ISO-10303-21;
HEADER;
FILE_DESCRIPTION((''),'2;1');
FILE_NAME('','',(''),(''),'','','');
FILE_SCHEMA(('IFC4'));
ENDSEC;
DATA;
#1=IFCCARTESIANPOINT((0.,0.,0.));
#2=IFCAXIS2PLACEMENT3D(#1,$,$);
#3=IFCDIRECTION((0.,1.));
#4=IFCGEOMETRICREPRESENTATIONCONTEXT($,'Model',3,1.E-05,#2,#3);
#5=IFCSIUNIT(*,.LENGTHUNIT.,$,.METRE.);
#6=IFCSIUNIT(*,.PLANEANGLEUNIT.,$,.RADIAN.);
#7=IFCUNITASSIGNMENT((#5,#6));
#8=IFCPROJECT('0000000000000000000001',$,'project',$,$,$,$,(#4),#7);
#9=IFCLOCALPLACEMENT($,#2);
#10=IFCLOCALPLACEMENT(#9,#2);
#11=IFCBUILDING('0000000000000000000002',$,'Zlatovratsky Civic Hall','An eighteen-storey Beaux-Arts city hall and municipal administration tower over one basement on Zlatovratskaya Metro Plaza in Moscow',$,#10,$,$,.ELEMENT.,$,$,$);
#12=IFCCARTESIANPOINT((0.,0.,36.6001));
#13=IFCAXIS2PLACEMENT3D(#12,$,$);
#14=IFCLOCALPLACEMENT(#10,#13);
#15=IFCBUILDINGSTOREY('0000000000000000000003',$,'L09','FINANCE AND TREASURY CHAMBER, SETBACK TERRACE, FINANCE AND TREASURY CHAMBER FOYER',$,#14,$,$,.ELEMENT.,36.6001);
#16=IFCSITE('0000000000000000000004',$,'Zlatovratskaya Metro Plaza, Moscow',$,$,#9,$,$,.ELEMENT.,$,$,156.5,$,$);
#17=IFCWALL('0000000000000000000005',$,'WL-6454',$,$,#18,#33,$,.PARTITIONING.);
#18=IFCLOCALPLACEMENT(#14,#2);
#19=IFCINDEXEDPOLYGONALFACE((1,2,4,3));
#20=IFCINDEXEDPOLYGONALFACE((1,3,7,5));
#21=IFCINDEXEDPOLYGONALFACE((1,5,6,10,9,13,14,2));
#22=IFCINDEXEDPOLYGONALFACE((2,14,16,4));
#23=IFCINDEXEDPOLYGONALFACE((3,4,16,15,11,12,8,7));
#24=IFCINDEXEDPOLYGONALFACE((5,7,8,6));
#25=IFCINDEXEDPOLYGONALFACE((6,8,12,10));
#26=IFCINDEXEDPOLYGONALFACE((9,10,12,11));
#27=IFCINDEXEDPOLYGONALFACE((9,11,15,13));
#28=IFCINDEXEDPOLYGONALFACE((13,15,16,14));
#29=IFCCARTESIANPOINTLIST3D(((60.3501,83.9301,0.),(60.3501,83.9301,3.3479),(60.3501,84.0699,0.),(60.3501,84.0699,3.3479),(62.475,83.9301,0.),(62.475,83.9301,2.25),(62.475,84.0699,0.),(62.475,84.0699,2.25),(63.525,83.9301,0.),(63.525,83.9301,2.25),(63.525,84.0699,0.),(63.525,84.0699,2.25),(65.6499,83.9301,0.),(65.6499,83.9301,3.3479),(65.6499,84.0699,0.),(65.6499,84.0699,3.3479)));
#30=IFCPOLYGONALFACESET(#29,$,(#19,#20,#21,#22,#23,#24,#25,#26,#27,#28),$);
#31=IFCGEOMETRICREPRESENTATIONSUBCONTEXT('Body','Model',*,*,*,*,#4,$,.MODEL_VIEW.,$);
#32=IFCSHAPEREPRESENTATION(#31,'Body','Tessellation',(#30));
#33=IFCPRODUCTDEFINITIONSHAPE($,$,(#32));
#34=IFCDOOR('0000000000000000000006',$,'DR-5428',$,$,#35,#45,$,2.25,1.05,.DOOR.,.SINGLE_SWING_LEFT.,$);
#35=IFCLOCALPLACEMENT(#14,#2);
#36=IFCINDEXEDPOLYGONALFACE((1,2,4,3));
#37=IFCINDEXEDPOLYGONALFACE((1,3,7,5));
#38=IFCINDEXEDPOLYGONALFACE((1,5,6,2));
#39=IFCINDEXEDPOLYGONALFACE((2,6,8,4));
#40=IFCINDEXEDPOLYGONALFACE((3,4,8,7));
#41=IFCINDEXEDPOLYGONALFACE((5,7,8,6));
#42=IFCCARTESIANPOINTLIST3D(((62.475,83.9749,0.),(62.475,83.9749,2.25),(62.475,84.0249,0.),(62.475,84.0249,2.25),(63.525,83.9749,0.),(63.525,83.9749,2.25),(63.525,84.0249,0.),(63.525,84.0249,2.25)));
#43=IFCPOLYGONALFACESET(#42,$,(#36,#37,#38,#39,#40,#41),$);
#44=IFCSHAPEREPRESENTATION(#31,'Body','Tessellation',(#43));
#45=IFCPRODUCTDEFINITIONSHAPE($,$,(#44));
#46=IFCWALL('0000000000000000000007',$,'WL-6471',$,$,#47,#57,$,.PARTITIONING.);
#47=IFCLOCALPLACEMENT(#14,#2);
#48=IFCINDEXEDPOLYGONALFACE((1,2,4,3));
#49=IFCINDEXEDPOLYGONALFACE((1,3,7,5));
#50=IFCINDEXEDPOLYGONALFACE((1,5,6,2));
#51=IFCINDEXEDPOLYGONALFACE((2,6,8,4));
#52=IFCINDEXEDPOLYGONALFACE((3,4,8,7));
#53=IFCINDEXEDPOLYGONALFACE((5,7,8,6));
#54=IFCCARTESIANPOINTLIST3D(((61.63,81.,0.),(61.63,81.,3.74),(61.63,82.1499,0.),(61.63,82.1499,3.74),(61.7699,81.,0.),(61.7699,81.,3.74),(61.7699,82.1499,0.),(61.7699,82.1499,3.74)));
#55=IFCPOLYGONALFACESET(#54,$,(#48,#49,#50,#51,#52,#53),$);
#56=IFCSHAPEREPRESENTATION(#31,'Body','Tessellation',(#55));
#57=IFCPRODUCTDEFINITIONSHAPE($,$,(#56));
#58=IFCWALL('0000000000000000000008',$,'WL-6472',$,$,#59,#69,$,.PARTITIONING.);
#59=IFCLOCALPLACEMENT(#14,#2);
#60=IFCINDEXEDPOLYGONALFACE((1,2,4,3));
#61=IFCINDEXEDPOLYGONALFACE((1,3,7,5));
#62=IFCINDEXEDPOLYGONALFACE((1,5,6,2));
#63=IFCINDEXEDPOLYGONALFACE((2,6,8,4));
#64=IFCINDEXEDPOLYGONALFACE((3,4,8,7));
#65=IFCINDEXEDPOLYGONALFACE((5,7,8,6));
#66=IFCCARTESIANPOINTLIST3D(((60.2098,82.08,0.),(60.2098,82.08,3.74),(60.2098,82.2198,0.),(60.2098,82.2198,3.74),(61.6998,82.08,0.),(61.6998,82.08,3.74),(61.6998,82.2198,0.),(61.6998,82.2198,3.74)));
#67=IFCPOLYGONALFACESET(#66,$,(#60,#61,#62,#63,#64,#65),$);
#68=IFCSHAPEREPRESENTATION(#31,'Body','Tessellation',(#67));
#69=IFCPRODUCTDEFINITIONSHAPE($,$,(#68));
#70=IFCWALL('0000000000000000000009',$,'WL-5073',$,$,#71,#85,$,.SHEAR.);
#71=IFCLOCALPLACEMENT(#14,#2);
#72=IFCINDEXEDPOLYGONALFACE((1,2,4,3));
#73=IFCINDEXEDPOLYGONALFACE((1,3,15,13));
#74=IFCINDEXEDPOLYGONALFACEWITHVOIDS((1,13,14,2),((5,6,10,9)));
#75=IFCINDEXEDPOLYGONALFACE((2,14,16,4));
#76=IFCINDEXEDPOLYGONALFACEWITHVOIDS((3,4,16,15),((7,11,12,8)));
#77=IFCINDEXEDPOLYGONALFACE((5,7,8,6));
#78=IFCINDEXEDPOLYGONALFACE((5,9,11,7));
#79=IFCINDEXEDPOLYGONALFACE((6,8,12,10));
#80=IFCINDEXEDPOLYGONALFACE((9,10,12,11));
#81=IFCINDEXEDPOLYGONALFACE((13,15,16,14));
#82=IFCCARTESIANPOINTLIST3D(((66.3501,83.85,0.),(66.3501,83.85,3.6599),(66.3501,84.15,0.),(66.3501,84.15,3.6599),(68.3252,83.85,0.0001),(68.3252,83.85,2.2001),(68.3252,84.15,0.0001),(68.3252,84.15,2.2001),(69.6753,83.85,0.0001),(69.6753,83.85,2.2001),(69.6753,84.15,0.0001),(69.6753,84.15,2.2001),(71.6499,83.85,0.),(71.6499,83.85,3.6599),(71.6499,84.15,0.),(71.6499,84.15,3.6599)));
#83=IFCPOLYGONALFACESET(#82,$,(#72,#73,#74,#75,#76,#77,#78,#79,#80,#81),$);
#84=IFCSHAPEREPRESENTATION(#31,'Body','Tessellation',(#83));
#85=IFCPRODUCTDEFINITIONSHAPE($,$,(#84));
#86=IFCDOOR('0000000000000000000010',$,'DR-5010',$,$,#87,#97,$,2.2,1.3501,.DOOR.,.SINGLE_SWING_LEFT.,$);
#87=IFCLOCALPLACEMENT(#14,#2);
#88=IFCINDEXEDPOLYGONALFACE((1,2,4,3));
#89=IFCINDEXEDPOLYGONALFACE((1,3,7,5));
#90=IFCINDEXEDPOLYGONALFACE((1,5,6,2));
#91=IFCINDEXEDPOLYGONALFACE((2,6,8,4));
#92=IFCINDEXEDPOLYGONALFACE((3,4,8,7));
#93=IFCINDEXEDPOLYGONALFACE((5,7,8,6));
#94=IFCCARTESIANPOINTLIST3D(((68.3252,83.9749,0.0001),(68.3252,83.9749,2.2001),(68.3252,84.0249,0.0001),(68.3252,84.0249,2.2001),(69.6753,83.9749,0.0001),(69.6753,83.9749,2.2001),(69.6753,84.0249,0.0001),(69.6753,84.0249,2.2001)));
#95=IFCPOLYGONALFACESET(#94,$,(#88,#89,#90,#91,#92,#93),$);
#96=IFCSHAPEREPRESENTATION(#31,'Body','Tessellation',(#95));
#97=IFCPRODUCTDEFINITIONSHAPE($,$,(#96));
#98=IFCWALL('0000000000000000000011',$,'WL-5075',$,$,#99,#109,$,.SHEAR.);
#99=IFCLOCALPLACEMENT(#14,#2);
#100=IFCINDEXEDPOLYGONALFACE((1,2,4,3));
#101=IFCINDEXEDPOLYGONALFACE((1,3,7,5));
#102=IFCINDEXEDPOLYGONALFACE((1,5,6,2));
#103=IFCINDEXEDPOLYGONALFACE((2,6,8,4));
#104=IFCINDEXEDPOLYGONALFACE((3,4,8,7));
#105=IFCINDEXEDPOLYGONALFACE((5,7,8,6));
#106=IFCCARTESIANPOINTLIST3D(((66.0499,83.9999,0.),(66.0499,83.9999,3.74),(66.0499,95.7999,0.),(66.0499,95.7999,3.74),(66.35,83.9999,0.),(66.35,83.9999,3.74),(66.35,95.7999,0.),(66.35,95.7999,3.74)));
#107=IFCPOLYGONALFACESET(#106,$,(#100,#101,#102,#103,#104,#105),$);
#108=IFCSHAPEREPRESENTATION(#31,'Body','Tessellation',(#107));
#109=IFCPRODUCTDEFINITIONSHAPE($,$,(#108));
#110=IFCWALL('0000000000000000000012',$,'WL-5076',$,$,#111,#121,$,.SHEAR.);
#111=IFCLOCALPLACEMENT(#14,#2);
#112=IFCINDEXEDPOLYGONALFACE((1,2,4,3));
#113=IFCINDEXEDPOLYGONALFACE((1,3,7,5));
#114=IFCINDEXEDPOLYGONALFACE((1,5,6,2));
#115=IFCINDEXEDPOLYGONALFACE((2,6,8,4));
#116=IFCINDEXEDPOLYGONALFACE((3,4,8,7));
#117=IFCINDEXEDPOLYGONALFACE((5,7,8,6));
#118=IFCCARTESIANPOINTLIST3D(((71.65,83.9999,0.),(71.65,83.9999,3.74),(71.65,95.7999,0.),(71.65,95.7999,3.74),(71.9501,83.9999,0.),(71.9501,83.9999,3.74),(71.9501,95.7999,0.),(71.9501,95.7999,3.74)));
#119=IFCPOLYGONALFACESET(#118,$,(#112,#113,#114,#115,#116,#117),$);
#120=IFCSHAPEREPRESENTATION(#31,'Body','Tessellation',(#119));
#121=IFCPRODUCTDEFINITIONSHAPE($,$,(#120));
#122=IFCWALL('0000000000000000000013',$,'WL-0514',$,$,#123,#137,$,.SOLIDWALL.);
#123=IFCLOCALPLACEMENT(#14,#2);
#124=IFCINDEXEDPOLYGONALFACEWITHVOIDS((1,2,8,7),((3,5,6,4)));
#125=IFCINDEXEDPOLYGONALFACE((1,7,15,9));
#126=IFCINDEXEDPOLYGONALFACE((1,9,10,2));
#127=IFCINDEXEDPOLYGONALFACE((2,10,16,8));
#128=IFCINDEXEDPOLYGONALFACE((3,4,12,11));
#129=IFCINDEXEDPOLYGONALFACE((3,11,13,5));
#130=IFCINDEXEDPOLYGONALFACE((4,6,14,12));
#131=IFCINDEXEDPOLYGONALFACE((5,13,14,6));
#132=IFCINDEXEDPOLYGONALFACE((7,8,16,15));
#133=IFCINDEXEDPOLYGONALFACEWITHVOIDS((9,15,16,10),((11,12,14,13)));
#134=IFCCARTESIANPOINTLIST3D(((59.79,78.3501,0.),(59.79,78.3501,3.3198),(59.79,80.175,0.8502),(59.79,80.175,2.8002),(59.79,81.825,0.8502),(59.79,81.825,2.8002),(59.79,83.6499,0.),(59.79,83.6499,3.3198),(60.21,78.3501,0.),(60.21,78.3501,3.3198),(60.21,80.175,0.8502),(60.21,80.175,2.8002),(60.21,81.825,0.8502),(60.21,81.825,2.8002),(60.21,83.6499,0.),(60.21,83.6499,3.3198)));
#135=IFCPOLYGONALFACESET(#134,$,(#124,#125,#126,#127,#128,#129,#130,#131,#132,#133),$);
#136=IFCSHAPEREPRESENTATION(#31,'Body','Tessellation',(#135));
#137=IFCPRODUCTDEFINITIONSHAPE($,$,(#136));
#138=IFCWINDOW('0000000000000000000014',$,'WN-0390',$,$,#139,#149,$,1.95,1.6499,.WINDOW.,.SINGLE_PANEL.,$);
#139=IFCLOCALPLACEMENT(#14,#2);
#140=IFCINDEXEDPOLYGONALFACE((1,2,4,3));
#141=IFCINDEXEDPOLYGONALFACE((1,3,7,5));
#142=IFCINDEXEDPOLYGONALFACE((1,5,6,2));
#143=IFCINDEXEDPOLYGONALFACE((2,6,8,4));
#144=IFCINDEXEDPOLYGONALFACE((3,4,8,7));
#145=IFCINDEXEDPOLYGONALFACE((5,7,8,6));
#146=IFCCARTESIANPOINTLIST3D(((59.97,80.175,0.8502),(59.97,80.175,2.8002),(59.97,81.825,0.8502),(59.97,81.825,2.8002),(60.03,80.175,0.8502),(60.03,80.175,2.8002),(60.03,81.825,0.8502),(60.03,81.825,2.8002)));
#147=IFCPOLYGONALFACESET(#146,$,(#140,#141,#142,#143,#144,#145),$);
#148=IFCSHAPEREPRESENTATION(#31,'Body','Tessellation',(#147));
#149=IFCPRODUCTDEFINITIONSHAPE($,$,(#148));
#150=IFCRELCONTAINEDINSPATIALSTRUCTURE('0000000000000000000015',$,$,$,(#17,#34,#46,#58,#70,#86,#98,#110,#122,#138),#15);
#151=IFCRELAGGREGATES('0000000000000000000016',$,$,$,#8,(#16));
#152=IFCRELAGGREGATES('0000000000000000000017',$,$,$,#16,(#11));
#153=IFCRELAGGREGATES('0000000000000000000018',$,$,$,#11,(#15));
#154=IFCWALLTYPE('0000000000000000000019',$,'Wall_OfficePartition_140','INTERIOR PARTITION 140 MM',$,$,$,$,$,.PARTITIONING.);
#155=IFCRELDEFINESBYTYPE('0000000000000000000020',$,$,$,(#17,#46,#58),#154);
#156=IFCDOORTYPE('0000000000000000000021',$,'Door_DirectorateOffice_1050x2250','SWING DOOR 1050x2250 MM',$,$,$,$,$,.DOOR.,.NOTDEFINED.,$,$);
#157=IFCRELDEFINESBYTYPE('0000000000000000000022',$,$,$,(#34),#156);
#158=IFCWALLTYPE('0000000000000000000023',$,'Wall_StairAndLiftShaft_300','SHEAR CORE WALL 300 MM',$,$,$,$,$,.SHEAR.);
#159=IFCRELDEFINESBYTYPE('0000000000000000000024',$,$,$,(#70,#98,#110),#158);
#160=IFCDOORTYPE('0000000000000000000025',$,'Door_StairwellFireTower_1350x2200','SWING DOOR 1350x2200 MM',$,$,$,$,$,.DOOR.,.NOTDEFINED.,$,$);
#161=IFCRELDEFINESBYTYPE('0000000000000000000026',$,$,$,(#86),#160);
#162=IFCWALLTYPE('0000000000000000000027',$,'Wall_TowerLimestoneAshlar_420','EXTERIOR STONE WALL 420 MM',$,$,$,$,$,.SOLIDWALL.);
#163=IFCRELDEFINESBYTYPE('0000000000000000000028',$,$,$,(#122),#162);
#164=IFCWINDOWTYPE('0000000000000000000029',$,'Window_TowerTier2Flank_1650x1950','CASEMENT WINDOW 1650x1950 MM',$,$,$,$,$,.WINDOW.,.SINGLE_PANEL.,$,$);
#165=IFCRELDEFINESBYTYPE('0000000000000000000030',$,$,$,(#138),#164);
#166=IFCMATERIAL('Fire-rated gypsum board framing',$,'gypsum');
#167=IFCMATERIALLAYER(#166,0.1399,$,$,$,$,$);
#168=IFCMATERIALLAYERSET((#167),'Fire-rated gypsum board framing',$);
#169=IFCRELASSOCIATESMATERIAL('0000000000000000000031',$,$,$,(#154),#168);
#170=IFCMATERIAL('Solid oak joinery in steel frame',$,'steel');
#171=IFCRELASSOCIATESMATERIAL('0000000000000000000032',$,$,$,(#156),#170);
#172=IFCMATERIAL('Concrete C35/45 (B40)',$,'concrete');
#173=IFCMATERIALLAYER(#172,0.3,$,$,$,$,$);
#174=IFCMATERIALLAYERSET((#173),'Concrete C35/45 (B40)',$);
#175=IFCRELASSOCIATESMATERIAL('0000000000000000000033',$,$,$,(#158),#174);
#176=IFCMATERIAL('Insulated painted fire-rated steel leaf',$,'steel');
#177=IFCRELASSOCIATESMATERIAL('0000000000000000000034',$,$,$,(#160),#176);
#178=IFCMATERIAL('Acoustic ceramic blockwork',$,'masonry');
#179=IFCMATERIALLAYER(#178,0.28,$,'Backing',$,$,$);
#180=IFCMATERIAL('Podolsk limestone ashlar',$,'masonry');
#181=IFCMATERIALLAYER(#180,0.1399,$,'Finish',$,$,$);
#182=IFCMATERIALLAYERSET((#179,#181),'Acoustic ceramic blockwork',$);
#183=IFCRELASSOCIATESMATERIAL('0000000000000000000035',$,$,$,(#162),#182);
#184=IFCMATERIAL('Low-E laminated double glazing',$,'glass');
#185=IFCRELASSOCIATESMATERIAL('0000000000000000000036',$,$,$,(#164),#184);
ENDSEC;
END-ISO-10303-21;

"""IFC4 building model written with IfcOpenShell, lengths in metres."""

from ifc_helpers import new_model, si_unit, direction, frame, frame_2d, origin, place, context, subcontext, project, spatial, rectangle, extrude, material, layer, layer_set, type_object, element, fill, save


model = new_model("IFC4")

# Units and contexts
model_context = context("Model", 3, precision=1e-05, world=origin(), true_north=direction((0.0, 1.0)))
body_context = subcontext(model_context, "Body", "Model", "MODEL_VIEW")
ifc_project = project(units=[si_unit("LENGTHUNIT", "METRE"), si_unit("PLANEANGLEUNIT", "RADIAN")], contexts=[model_context])

# Site, building, storey
site_placement = place(None, origin())
site = spatial("IfcSite", under=ifc_project, at=site_placement, Name="Zlatovratskaya Metro Plaza, Moscow", CompositionType="ELEMENT", RefElevation=156.5)
building_placement = place(site_placement, origin())
building = spatial("IfcBuilding", under=site, at=building_placement, Name="Zlatovratsky Civic Hall", Description="An eighteen-storey Beaux-Arts city hall and municipal administration tower over one basement on Zlatovratskaya Metro Plaza in Moscow", CompositionType="ELEMENT")
storey_placement = place(building_placement, frame((0.0, 0.0, 36.6001)))
storey = spatial("IfcBuildingStorey", under=building, at=storey_placement, Name="L09", Description="FINANCE AND TREASURY CHAMBER, SETBACK TERRACE, FINANCE AND TREASURY CHAMBER FOYER", CompositionType="ELEMENT", Elevation=36.6001)

# Shared definitions
ifc_material_1 = material(Name="Concrete C35/45 (B40)", Category="concrete")

# Wall, opening, door
ifc_material_2 = material(Name="Fire-rated gypsum board framing", Category="gypsum")
ifc_layer_1 = layer(ifc_material_2, 0.1399)
ifc_layer_set_1 = layer_set([ifc_layer_1], Name="Fire-rated gypsum board framing")
wall_type_1 = type_object("IfcWallType", Name="Wall_OfficePartition_140", Description="INTERIOR PARTITION 140 MM", PredefinedType="PARTITIONING", material=ifc_layer_set_1)
ifc_material_3 = material(Name="Solid oak joinery in steel frame", Category="steel")
door_type_1 = type_object("IfcDoorType", Name="Door_DirectorateOffice_1050x2250", Description="SWING DOOR 1050x2250 MM", OperationType="NOTDEFINED", PredefinedType="DOOR", material=ifc_material_3)
wall_1_placement = place(storey_placement, frame((60.3501, 84.0, 0.0), z_axis=(0.0, 0.0, 1.0), x_axis=(1.0, 0.0, 0.0)))
wall_1 = element("IfcWall", 1, at=wall_1_placement, inside=storey, type_object=wall_type_1, Name="WL-6454", PredefinedType="PARTITIONING", context=body_context, shape_type="SweptSolid", body=[
    extrude(rectangle(XDim=5.2998, YDim=0.1399, at=frame_2d((2.6499, 0.0))), origin(), (0.0, 0.0, 1.0), 3.3479),
])
opening_1_placement = place(wall_1_placement, frame((2.125, 0.0, 0.0)))
opening_1 = element("IfcOpeningElement", 2, at=opening_1_placement, cuts=wall_1, PredefinedType="OPENING", context=body_context, shape_type="SweptSolid", body=[
    extrude(rectangle(XDim=1.05, YDim=2.25, at=frame_2d((0.5249, 1.125))), frame((0.0, 0.085, 0.0), z_axis=(0.0, -1.0, 0.0), x_axis=(1.0, 0.0, 0.0)), (0.0, 0.0, 1.0), 0.1697),
])
door_1_placement = place(opening_1_placement, origin())
door_1 = element("IfcDoor", 3, at=door_1_placement, inside=storey, type_object=door_type_1, Name="DR-5428", OperationType="SINGLE_SWING_LEFT", OverallHeight=2.25, OverallWidth=1.05, PredefinedType="DOOR", context=body_context, shape_type="SweptSolid", body=[
    extrude(rectangle(XDim=1.05, YDim=2.25, at=frame_2d((0.5249, 1.125))), frame((0.0, 0.0249, 0.0), z_axis=(0.0, -1.0, 0.0), x_axis=(1.0, 0.0, 0.0)), (0.0, 0.0, 1.0), 0.05),
])
fill(opening_1, door_1)

# Walls
wall_2_placement = place(storey_placement, frame((61.7, 81.0, 0.0), z_axis=(0.0, 0.0, 1.0), x_axis=(0.0, 1.0, 0.0)))
element("IfcWall", 4, at=wall_2_placement, inside=storey, type_object=wall_type_1, Name="WL-6471", PredefinedType="PARTITIONING", context=body_context, shape_type="SweptSolid", body=[
    extrude(rectangle(XDim=1.1499, YDim=0.1399, at=frame_2d((0.575, 0.0))), origin(), (0.0, 0.0, 1.0), 3.74),
])
wall_3_placement = place(storey_placement, frame((61.7, 82.1499, 0.0), z_axis=(0.0, 0.0, 1.0), x_axis=(-1.0, 0.0, 0.0)))
element("IfcWall", 5, at=wall_3_placement, inside=storey, type_object=wall_type_1, Name="WL-6472", PredefinedType="PARTITIONING", context=body_context, shape_type="SweptSolid", body=[
    extrude(rectangle(XDim=1.49, YDim=0.1399, at=frame_2d((0.7451, 0.0))), origin(), (0.0, 0.0, 1.0), 3.74),
])

# Wall, opening, door
ifc_layer_2 = layer(ifc_material_1, 0.3)
ifc_layer_set_2 = layer_set([ifc_layer_2], Name="Concrete C35/45 (B40)")
wall_type_2 = type_object("IfcWallType", Name="Wall_StairAndLiftShaft_300", Description="SHEAR CORE WALL 300 MM", PredefinedType="SHEAR", material=ifc_layer_set_2)
wall_4_placement = place(storey_placement, frame((66.3501, 84.0, 0.0), z_axis=(0.0, 0.0, 1.0), x_axis=(1.0, 0.0, 0.0)))
wall_4 = element("IfcWall", 6, at=wall_4_placement, inside=storey, type_object=wall_type_2, Name="WL-5073", PredefinedType="SHEAR", context=body_context, shape_type="SweptSolid", body=[
    extrude(rectangle(XDim=5.2998, YDim=0.3, at=frame_2d((2.6499, 0.0))), origin(), (0.0, 0.0, 1.0), 3.6599),
])
opening_2_placement = place(wall_4_placement, frame((1.9751, 0.0, 0.0)))
opening_2 = element("IfcOpeningElement", 7, at=opening_2_placement, cuts=wall_4, PredefinedType="OPENING", context=body_context, shape_type="SweptSolid", body=[
    extrude(rectangle(XDim=1.3501, YDim=2.2, at=frame_2d((0.675, 1.1001))), frame((0.0, 0.165, 0.0), z_axis=(0.0, -1.0, 0.0), x_axis=(1.0, 0.0, 0.0)), (0.0, 0.0, 1.0), 0.3298),
])
ifc_material_4 = material(Name="Insulated painted fire-rated steel leaf", Category="steel")
door_type_2 = type_object("IfcDoorType", Name="Door_StairwellFireTower_1350x2200", Description="SWING DOOR 1350x2200 MM", OperationType="NOTDEFINED", PredefinedType="DOOR", material=ifc_material_4)
door_2_placement = place(opening_2_placement, origin())
door_2 = element("IfcDoor", 8, at=door_2_placement, inside=storey, type_object=door_type_2, Name="DR-5010", OperationType="SINGLE_SWING_LEFT", OverallHeight=2.2, OverallWidth=1.3501, PredefinedType="DOOR", context=body_context, shape_type="SweptSolid", body=[
    extrude(rectangle(XDim=1.3501, YDim=2.2, at=frame_2d((0.675, 1.1001))), frame((0.0, 0.0249, 0.0), z_axis=(0.0, -1.0, 0.0), x_axis=(1.0, 0.0, 0.0)), (0.0, 0.0, 1.0), 0.05),
])
fill(opening_2, door_2)

# Walls
for number, where, z_axis, x_axis, name in (
    (9, (66.2, 84.0, 0.0), (0.0, 0.0, 1.0), (0.0, 1.0, 0.0), "WL-5075"),
    (10, (71.8, 84.0, 0.0), (0.0, 0.0, 1.0), (0.0, 1.0, 0.0), "WL-5076"),
):
    element("IfcWall", number, at=place(storey_placement, frame(where, z_axis=z_axis, x_axis=x_axis)), inside=storey, type_object=wall_type_2, Name=name, PredefinedType="SHEAR", context=body_context, shape_type="SweptSolid", body=[
        extrude(rectangle(XDim=11.8, YDim=0.3, at=frame_2d((5.8999, 0.0))), origin(), (0.0, 0.0, 1.0), 3.74),
    ])

# Wall, opening, window
ifc_material_5 = material(Name="Acoustic ceramic blockwork", Category="masonry")
ifc_layer_3 = layer(ifc_material_5, 0.28, Name="Backing")
ifc_material_6 = material(Name="Podolsk limestone ashlar", Category="masonry")
ifc_layer_4 = layer(ifc_material_6, 0.1399, Name="Finish")
ifc_layer_set_3 = layer_set([ifc_layer_3, ifc_layer_4], Name="Acoustic ceramic blockwork")
wall_type_3 = type_object("IfcWallType", Name="Wall_TowerLimestoneAshlar_420", Description="EXTERIOR STONE WALL 420 MM", PredefinedType="SOLIDWALL", material=ifc_layer_set_3)
wall_5_placement = place(storey_placement, frame((60.0, 78.3501, 0.0), z_axis=(0.0, 0.0, 1.0), x_axis=(0.0, 1.0, 0.0)))
wall_5 = element("IfcWall", 11, at=wall_5_placement, inside=storey, type_object=wall_type_3, Name="WL-0514", PredefinedType="SOLIDWALL", context=body_context, shape_type="SweptSolid", body=[
    extrude(rectangle(XDim=5.2998, YDim=0.4199, at=frame_2d((2.6499, 0.0))), origin(), (0.0, 0.0, 1.0), 3.3198),
])
opening_3_placement = place(wall_5_placement, frame((1.825, 0.0, 0.8501)))
opening_3 = element("IfcOpeningElement", 12, at=opening_3_placement, cuts=wall_5, PredefinedType="OPENING", context=body_context, shape_type="SweptSolid", body=[
    extrude(rectangle(XDim=1.6499, YDim=1.95, at=frame_2d((0.825, 0.9751))), frame((0.0, 0.2249, 0.0), z_axis=(0.0, -1.0, 0.0), x_axis=(1.0, 0.0, 0.0)), (0.0, 0.0, 1.0), 0.4497),
])
ifc_material_7 = material(Name="Low-E laminated double glazing", Category="glass")
window_type = type_object("IfcWindowType", Name="Window_TowerTier2Flank_1650x1950", Description="CASEMENT WINDOW 1650x1950 MM", PartitioningType="SINGLE_PANEL", PredefinedType="WINDOW", material=ifc_material_7)
window_1_placement = place(opening_3_placement, origin())
window_1 = element("IfcWindow", 13, at=window_1_placement, inside=storey, type_object=window_type, Name="WN-0390", OverallHeight=1.95, OverallWidth=1.6499, PartitioningType="SINGLE_PANEL", PredefinedType="WINDOW", context=body_context, shape_type="SweptSolid", body=[
    extrude(rectangle(XDim=1.6499, YDim=1.95, at=frame_2d((0.825, 0.9751))), frame((0.0, 0.03, 0.0), z_axis=(0.0, -1.0, 0.0), x_axis=(1.0, 0.0, 0.0)), (0.0, 0.0, 1.0), 0.0601),
])
fill(opening_3, window_1)

save(model, "model.ifc")
